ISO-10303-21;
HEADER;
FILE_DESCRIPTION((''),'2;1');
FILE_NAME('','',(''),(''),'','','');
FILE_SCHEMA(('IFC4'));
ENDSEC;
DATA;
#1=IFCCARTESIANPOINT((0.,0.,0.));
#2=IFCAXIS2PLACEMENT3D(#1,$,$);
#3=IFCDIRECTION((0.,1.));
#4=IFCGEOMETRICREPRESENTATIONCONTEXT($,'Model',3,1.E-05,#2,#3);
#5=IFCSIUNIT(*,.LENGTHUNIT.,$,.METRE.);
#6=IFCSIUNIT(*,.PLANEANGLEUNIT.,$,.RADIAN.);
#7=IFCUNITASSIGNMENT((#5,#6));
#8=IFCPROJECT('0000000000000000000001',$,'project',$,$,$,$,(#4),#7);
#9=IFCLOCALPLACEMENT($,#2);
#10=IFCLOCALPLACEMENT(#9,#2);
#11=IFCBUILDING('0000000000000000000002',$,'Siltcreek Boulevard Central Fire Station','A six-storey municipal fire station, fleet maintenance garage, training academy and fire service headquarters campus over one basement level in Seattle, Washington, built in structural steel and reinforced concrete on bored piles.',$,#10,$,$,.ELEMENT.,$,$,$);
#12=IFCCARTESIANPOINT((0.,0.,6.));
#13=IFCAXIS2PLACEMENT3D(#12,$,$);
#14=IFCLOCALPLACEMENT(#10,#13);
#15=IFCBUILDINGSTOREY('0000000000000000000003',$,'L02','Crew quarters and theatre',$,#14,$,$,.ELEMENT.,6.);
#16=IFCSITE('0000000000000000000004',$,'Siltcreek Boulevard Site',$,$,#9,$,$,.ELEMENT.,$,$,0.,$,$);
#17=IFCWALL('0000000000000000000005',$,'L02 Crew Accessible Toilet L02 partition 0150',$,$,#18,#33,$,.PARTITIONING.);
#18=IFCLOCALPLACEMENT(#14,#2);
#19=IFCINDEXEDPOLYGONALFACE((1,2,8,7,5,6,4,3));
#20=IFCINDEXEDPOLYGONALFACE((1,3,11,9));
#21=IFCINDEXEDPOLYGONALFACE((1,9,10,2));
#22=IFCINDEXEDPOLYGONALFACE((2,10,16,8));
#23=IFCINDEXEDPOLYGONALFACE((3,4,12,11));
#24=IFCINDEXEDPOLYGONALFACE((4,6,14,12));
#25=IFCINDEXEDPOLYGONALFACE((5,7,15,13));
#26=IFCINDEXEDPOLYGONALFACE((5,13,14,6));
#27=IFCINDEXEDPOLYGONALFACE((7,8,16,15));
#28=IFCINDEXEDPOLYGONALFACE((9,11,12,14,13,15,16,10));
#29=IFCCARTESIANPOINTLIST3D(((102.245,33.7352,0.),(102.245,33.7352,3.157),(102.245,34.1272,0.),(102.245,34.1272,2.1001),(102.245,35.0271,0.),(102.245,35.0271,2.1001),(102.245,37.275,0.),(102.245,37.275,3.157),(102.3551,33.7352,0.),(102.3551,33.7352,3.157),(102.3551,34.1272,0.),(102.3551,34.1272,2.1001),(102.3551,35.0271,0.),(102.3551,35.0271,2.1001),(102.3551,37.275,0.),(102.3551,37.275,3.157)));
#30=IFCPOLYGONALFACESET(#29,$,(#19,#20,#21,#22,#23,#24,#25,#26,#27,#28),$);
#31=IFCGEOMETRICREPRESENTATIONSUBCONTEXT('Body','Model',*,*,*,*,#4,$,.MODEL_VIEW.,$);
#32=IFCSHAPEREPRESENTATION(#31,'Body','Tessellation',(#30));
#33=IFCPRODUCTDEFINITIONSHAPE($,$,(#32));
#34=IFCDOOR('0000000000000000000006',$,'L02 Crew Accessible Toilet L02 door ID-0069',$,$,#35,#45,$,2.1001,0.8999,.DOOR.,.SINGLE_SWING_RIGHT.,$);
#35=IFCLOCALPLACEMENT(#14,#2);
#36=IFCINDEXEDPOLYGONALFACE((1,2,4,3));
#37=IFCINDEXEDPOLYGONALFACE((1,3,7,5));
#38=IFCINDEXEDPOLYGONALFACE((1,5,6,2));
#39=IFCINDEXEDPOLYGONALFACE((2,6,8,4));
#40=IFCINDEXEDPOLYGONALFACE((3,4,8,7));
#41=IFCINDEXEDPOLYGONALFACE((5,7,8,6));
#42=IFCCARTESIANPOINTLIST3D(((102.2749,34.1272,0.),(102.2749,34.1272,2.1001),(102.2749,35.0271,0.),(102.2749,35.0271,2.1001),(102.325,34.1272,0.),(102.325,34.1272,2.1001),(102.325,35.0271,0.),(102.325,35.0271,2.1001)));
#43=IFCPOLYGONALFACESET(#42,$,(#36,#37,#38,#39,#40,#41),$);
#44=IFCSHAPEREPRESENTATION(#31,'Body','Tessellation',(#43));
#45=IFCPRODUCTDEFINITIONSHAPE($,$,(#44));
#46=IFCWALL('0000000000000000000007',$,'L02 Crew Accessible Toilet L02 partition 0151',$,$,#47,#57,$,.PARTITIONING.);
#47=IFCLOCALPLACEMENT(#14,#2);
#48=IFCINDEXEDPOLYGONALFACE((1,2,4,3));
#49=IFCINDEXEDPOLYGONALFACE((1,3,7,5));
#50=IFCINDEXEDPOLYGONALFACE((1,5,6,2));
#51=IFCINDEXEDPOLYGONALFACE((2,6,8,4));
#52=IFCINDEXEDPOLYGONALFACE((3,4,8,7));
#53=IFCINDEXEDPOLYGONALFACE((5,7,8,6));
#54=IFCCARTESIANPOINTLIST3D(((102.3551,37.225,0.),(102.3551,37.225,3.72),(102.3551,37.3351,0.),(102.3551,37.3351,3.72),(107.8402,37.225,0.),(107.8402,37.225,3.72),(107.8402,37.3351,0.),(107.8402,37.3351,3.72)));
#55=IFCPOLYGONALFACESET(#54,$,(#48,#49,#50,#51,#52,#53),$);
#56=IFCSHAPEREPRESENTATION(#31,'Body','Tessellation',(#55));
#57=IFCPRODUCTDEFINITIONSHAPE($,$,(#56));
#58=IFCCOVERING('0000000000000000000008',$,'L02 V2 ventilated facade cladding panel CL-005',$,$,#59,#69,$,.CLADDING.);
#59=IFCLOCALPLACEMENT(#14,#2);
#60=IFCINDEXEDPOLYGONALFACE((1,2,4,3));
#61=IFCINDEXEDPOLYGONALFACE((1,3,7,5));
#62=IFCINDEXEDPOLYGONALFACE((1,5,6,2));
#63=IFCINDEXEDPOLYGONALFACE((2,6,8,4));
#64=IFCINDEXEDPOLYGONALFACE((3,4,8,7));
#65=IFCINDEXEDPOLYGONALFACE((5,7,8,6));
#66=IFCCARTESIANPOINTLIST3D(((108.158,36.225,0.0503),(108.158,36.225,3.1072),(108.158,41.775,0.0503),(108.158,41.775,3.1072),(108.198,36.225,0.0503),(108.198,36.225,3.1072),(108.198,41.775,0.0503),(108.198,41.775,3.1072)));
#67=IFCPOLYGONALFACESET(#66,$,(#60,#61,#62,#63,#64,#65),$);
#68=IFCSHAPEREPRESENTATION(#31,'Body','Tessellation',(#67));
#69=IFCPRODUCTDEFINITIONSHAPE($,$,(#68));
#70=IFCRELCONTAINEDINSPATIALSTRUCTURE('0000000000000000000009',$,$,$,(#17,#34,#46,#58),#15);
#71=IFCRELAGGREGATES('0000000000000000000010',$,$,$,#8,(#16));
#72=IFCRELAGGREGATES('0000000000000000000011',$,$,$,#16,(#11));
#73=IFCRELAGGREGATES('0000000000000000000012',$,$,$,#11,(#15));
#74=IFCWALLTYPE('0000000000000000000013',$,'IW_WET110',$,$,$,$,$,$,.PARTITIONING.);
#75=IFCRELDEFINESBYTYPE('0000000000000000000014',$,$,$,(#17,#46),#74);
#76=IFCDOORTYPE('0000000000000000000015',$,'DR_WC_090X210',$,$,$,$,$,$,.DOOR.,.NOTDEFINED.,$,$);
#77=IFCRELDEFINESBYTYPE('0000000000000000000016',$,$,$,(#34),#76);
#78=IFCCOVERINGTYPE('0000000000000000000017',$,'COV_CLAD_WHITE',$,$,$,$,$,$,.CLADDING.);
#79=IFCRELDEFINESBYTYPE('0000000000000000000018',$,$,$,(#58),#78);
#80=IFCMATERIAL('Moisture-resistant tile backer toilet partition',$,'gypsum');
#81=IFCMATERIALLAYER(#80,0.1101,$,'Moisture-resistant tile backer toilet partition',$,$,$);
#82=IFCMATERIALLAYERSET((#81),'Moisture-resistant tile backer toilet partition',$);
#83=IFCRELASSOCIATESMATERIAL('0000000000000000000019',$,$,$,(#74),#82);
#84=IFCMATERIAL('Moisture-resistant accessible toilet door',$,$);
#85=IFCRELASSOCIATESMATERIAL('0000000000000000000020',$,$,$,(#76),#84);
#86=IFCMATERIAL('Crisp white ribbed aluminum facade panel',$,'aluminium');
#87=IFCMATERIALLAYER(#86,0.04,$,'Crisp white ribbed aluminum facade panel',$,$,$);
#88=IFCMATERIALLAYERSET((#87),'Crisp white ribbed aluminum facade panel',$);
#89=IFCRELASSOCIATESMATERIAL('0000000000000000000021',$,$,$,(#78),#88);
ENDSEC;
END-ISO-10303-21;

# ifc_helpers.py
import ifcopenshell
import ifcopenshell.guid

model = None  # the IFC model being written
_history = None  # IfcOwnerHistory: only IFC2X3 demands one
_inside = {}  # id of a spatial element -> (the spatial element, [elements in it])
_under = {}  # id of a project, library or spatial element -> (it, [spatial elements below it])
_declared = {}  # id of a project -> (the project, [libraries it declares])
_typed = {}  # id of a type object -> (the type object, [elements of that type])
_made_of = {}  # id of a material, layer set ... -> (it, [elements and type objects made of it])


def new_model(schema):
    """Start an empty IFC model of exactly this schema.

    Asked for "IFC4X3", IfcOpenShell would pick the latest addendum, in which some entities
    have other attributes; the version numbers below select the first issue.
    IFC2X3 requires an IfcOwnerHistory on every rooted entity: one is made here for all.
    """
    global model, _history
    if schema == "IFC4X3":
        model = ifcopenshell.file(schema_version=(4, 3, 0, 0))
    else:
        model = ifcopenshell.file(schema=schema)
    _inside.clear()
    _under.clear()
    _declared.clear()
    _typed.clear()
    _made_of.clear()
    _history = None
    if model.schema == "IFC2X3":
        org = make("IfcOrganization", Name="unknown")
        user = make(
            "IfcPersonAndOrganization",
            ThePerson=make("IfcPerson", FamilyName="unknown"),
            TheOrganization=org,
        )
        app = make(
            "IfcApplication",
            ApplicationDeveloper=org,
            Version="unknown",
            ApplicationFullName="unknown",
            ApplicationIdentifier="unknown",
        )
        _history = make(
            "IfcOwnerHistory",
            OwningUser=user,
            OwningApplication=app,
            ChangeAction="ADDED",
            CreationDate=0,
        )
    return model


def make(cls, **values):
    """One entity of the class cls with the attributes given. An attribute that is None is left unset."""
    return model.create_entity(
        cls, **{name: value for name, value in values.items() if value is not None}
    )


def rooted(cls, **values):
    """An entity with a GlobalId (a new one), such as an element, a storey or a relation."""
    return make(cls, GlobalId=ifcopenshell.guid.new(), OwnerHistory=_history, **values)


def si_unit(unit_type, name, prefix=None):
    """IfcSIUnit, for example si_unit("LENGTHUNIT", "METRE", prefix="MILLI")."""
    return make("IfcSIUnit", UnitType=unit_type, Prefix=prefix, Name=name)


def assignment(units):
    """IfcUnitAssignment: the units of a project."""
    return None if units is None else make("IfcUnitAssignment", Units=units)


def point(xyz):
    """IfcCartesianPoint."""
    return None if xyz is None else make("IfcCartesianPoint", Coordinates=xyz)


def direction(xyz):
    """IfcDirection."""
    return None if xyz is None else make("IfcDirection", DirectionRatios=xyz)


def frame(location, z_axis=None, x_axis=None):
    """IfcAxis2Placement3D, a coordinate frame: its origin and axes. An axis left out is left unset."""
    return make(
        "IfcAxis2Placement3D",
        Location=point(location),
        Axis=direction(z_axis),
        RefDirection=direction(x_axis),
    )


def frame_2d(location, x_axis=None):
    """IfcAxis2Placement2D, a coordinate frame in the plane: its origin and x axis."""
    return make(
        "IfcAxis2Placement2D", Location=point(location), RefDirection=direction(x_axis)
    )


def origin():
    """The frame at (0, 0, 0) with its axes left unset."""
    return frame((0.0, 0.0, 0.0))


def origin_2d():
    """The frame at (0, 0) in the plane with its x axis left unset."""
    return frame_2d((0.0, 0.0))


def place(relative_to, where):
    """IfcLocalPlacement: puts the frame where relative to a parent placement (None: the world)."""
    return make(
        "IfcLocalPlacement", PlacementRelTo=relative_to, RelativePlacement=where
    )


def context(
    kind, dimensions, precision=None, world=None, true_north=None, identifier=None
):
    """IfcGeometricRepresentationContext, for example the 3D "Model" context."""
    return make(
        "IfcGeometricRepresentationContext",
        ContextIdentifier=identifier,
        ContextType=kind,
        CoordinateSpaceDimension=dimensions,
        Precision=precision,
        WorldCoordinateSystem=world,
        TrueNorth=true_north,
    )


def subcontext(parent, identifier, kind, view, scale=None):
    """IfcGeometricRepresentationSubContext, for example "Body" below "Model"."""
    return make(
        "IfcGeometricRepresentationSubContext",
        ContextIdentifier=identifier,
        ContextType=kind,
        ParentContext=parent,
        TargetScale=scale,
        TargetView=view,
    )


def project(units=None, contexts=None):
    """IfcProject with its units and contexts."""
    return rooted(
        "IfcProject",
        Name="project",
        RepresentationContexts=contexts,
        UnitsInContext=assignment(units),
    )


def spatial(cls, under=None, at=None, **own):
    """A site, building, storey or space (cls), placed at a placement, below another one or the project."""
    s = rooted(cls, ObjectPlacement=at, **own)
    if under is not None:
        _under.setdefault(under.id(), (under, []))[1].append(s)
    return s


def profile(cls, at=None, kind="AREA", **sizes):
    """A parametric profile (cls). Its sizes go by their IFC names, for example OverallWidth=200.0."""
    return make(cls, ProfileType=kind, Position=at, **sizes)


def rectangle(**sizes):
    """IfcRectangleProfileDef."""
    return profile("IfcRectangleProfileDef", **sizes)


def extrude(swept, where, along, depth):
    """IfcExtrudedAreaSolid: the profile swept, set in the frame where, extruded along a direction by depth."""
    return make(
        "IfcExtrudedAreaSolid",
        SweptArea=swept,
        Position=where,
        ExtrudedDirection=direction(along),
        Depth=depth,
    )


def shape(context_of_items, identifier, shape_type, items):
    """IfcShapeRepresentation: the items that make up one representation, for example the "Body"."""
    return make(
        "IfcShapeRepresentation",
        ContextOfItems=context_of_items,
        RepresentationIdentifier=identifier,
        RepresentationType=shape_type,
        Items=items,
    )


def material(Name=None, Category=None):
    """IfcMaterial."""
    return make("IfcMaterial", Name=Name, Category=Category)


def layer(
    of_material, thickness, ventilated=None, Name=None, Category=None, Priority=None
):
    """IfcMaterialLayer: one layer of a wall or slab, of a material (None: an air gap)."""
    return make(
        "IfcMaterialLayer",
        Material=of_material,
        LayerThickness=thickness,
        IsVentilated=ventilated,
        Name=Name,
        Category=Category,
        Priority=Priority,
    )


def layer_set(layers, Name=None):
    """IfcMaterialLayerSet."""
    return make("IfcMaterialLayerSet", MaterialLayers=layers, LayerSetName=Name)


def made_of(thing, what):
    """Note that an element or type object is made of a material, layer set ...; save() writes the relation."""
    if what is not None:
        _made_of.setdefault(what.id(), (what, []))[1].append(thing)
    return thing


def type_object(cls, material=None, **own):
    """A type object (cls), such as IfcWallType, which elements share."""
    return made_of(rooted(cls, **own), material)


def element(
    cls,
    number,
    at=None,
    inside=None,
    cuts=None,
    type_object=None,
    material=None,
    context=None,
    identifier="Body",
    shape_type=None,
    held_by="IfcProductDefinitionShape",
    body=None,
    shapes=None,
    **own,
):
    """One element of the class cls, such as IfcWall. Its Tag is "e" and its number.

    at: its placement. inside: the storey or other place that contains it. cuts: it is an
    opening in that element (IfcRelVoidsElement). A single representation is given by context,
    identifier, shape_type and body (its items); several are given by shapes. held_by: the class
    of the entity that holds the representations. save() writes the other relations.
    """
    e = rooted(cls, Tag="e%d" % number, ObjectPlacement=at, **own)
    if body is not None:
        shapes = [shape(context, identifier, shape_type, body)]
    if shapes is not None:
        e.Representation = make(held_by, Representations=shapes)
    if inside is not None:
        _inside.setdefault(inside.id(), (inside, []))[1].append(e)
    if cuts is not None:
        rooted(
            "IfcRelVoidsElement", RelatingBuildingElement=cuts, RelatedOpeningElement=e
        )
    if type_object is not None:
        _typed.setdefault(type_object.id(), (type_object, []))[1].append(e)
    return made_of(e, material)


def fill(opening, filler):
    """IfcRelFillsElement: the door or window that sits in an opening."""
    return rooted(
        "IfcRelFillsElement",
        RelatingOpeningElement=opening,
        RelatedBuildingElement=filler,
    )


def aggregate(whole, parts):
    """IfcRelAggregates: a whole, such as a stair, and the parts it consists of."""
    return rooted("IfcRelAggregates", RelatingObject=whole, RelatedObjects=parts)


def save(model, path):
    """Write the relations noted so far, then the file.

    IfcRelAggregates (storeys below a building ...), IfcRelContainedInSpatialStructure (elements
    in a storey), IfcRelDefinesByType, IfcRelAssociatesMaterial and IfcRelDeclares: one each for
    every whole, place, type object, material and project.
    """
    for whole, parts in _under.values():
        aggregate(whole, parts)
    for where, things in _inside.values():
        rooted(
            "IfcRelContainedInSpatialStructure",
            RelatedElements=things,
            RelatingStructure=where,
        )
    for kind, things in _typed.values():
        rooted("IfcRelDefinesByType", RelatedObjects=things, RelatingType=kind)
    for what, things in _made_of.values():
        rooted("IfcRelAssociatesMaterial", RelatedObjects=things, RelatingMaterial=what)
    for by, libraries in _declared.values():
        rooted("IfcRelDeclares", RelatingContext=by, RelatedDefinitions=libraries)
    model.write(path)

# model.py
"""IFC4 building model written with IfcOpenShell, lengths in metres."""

from ifc_helpers import new_model, si_unit, direction, frame, frame_2d, origin, origin_2d, place, context, subcontext, project, spatial, rectangle, extrude, material, layer, layer_set, type_object, element, fill, save


model = new_model("IFC4")

# Units and contexts
model_context = context("Model", 3, precision=1e-05, world=origin(), true_north=direction((0.0, 1.0)))
body_context = subcontext(model_context, "Body", "Model", "MODEL_VIEW")
ifc_project = project(units=[si_unit("LENGTHUNIT", "METRE"), si_unit("PLANEANGLEUNIT", "RADIAN")], contexts=[model_context])

# Site, building, storey
site_placement = place(None, origin())
site = spatial("IfcSite", under=ifc_project, at=site_placement, Name="Siltcreek Boulevard Site", CompositionType="ELEMENT", RefElevation=0.0)
building_placement = place(site_placement, origin())
building = spatial("IfcBuilding", under=site, at=building_placement, Name="Siltcreek Boulevard Central Fire Station", Description="A six-storey municipal fire station, fleet maintenance garage, training academy and fire service headquarters campus over one basement level in Seattle, Washington, built in structural steel and reinforced concrete on bored piles.", CompositionType="ELEMENT")
storey_placement = place(building_placement, frame((0.0, 0.0, 6.0)))
storey = spatial("IfcBuildingStorey", under=building, at=storey_placement, Name="L02", Description="Crew quarters and theatre", CompositionType="ELEMENT", Elevation=6.0)

# Shared definitions
ifc_material_1 = material(Name="Moisture-resistant tile backer toilet partition", Category="gypsum")
ifc_layer_1 = layer(ifc_material_1, 0.1101, Name="Moisture-resistant tile backer toilet partition")
ifc_layer_set_1 = layer_set([ifc_layer_1], Name="Moisture-resistant tile backer toilet partition")
wall_type_1 = type_object("IfcWallType", Name="IW_WET110", PredefinedType="PARTITIONING", material=ifc_layer_set_1)

# Wall, opening, door
wall_1_placement = place(storey_placement, frame((102.3, 33.7351, 0.0), z_axis=(0.0, 0.0, 1.0), x_axis=(0.0, 1.0, 0.0)))
wall_1 = element("IfcWall", 1, at=wall_1_placement, inside=storey, type_object=wall_type_1, Name="L02 Crew Accessible Toilet L02 partition 0150", PredefinedType="PARTITIONING", context=body_context, shape_type="SweptSolid", body=[
    extrude(rectangle(XDim=3.5398, YDim=0.1101, at=frame_2d((1.77, 0.0))), origin(), (0.0, 0.0, 1.0), 3.157),
])
opening_1_placement = place(wall_1_placement, frame((0.3921, 0.0, 0.0)))
opening_1 = element("IfcOpeningElement", 2, at=opening_1_placement, cuts=wall_1, PredefinedType="OPENING", context=body_context, shape_type="SweptSolid", body=[
    extrude(rectangle(XDim=0.8999, YDim=2.1001, at=frame_2d((0.45, 1.05))), frame((0.0, 0.0649, 0.0), z_axis=(0.0, -1.0, 0.0), x_axis=(1.0, 0.0, 0.0)), (0.0, 0.0, 1.0), 0.1301),
])
ifc_material_2 = material(Name="Moisture-resistant accessible toilet door")
door_type_1 = type_object("IfcDoorType", Name="DR_WC_090X210", OperationType="NOTDEFINED", PredefinedType="DOOR", material=ifc_material_2)
door_1_placement = place(opening_1_placement, frame((0.8999, 0.0, 0.0), z_axis=(0.0, 0.0, 1.0), x_axis=(-1.0, 0.0, 0.0)))
door_1 = element("IfcDoor", 3, at=door_1_placement, inside=storey, type_object=door_type_1, Name="L02 Crew Accessible Toilet L02 door ID-0069", OperationType="SINGLE_SWING_RIGHT", OverallHeight=2.1001, OverallWidth=0.8999, PredefinedType="DOOR", context=body_context, shape_type="SweptSolid", body=[
    extrude(rectangle(XDim=0.8999, YDim=2.1001, at=frame_2d((0.45, 1.05))), frame((0.0, 0.0249, 0.0), z_axis=(0.0, -1.0, 0.0), x_axis=(1.0, 0.0, 0.0)), (0.0, 0.0, 1.0), 0.05),
])
fill(opening_1, door_1)

# Wall
wall_2_placement = place(storey_placement, frame((102.355, 37.28, 0.0), z_axis=(0.0, 0.0, 1.0), x_axis=(1.0, 0.0, 0.0)))
element("IfcWall", 4, at=wall_2_placement, inside=storey, type_object=wall_type_1, Name="L02 Crew Accessible Toilet L02 partition 0151", PredefinedType="PARTITIONING", context=body_context, shape_type="SweptSolid", body=[
    extrude(rectangle(XDim=5.4851, YDim=0.1101, at=frame_2d((2.7427, 0.0))), origin(), (0.0, 0.0, 1.0), 3.72),
])

# Covering
ifc_material_3 = material(Name="Crisp white ribbed aluminum facade panel", Category="aluminium")
ifc_layer_2 = layer(ifc_material_3, 0.04, Name="Crisp white ribbed aluminum facade panel")
ifc_layer_set_2 = layer_set([ifc_layer_2], Name="Crisp white ribbed aluminum facade panel")
covering_type = type_object("IfcCoveringType", Name="COV_CLAD_WHITE", PredefinedType="CLADDING", material=ifc_layer_set_2)
covering_placement = place(storey_placement, frame((108.178, 39.0, 0.0503), z_axis=(0.0, 0.0, 1.0), x_axis=(0.0, 1.0, 0.0)))
element("IfcCovering", 5, at=covering_placement, inside=storey, type_object=covering_type, Name="L02 V2 ventilated facade cladding panel CL-005", PredefinedType="CLADDING", context=body_context, shape_type="SweptSolid", body=[
    extrude(rectangle(XDim=5.55, YDim=0.04, at=origin_2d()), origin(), (0.0, 0.0, 1.0), 3.0569),
])

save(model, "model.ifc")
